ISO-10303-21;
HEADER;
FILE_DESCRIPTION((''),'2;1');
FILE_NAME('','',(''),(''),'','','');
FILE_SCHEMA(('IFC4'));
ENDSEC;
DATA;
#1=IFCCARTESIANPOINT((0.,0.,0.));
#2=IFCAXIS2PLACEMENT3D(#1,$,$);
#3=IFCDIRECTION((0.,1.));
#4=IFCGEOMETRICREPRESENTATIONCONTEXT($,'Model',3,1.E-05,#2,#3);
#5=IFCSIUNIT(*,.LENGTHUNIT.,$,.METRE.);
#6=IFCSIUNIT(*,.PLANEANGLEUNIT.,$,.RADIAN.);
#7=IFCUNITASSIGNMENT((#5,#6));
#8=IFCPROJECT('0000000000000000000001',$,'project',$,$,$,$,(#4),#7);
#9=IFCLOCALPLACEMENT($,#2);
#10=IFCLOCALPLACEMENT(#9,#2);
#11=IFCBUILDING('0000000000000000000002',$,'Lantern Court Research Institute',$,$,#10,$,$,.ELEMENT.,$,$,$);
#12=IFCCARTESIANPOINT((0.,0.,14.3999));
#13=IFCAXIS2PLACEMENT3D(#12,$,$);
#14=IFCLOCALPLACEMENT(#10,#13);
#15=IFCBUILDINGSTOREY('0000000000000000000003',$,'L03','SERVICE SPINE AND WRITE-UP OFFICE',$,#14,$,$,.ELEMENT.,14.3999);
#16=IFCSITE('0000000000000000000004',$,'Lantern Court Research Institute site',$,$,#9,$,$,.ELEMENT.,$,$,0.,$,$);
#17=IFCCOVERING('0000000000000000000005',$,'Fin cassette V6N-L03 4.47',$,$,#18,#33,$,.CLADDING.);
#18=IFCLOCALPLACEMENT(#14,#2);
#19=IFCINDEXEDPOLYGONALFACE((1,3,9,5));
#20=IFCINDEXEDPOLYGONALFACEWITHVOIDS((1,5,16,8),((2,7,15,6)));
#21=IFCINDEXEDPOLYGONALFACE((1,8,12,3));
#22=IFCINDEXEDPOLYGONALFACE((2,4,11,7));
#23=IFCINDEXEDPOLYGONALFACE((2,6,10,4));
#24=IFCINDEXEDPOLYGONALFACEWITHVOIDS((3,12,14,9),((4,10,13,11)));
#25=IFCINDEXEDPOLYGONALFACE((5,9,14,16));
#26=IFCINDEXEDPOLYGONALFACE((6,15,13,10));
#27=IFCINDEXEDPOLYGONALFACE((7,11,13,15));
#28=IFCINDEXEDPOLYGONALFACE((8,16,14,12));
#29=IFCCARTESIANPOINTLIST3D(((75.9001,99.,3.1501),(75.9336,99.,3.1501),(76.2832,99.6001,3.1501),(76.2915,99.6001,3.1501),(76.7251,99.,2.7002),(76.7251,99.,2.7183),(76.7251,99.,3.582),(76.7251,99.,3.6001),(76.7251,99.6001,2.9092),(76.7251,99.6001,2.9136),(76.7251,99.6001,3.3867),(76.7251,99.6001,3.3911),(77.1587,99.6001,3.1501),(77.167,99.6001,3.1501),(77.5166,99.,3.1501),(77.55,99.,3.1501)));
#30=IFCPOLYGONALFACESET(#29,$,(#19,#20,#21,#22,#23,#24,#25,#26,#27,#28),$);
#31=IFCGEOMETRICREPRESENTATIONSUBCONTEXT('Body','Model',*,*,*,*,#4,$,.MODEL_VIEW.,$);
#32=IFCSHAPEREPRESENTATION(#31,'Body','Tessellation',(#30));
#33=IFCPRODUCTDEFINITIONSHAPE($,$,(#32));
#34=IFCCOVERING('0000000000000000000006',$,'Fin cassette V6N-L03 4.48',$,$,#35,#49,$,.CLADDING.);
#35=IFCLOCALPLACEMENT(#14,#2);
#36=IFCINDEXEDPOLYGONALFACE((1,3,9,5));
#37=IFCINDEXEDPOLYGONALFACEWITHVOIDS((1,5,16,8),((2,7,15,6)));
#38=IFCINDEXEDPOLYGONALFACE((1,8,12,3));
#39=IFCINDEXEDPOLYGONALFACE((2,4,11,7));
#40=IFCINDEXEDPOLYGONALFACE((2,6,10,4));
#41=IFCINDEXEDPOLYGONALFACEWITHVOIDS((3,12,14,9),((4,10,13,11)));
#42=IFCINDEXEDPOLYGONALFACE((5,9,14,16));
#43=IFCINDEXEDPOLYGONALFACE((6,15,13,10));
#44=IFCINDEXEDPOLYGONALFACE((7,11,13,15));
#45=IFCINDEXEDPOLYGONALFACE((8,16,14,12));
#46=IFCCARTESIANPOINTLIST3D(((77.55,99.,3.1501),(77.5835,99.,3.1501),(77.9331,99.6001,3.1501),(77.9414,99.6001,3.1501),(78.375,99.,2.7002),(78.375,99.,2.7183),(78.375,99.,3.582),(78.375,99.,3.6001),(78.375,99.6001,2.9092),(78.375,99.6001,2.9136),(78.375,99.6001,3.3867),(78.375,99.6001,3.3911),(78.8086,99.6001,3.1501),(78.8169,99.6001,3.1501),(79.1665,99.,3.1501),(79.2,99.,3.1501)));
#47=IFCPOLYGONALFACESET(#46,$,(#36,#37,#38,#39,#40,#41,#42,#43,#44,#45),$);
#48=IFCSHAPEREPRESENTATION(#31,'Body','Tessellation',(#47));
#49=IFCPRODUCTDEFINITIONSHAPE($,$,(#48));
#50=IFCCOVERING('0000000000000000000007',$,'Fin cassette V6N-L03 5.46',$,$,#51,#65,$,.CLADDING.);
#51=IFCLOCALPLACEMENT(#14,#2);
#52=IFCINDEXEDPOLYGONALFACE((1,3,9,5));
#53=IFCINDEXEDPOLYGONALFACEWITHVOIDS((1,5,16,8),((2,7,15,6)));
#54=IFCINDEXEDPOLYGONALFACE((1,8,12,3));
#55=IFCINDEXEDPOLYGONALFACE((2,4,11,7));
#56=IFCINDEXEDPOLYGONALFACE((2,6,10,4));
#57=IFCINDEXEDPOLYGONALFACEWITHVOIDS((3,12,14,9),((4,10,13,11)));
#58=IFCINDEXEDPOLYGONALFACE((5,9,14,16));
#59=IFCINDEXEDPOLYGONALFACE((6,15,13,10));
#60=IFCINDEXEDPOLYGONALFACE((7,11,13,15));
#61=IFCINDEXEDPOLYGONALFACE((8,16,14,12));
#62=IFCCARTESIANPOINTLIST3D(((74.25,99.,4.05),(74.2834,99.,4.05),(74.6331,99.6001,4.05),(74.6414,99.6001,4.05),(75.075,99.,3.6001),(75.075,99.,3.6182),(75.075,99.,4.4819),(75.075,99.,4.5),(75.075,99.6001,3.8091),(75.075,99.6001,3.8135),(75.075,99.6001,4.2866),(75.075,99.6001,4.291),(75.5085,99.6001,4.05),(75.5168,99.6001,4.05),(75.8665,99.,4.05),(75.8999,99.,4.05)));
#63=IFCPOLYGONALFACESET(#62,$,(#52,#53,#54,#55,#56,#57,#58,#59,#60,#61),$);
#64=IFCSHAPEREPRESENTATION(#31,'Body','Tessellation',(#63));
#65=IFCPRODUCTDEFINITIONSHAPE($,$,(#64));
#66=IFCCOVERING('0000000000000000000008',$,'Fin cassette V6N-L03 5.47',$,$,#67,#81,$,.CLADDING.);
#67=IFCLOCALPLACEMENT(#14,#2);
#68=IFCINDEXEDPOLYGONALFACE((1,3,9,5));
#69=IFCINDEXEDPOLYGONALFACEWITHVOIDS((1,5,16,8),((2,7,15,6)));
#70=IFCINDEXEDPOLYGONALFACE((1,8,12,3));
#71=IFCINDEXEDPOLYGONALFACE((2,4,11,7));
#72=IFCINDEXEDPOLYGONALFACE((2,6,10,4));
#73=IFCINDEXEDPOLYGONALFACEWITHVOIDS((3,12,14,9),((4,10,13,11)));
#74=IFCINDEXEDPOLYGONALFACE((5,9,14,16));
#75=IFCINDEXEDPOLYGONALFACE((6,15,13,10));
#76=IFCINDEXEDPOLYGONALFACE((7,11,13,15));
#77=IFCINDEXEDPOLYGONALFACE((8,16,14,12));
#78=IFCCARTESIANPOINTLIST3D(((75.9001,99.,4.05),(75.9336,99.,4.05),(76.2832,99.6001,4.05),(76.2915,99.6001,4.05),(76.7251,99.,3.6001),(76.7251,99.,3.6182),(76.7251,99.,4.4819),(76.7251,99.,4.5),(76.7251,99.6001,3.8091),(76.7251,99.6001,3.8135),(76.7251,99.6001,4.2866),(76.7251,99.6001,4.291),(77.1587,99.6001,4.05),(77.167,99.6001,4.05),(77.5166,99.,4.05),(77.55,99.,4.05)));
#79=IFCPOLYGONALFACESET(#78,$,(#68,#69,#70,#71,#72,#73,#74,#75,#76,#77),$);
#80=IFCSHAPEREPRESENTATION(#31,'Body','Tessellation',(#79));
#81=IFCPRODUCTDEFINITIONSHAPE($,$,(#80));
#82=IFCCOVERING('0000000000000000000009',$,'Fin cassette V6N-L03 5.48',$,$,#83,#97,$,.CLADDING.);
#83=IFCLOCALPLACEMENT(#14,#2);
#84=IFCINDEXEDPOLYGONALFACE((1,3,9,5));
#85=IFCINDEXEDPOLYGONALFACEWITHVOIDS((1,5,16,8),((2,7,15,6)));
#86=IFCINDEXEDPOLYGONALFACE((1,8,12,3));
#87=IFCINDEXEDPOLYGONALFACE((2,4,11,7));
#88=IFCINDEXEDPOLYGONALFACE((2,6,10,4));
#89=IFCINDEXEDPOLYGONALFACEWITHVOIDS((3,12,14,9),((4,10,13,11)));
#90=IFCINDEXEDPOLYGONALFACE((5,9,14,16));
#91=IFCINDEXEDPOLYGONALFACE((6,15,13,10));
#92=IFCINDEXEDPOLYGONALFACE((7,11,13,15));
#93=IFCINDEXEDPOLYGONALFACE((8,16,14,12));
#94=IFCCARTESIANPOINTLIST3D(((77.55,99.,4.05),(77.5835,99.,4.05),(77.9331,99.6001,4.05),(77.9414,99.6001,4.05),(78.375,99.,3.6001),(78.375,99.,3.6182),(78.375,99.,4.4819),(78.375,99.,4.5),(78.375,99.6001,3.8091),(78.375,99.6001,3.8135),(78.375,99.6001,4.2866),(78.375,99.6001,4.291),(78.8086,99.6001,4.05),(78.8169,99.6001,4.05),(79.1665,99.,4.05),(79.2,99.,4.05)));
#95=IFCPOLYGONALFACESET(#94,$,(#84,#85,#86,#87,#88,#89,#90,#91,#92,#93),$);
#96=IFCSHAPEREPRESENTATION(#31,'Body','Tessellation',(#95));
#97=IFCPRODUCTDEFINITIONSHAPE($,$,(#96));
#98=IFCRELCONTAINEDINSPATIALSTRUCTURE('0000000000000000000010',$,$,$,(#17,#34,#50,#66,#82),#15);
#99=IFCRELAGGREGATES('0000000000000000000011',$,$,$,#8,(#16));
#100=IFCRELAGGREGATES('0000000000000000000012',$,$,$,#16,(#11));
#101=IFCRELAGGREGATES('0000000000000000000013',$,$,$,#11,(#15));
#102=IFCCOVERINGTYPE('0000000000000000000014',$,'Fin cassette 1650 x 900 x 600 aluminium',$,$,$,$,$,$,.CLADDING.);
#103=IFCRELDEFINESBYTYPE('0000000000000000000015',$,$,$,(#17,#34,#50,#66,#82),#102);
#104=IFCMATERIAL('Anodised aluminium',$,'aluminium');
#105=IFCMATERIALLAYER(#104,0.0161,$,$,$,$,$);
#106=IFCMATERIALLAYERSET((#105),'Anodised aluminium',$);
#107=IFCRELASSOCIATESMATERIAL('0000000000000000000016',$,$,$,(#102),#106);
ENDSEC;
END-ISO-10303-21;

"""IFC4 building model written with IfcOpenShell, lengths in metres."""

from ifc_helpers import new_model, entity, si_unit, direction, frame, origin, place, context, subcontext, project, spatial, material, layer, layer_set, type_object, element, save


model = new_model("IFC4")

# Units and contexts
model_context = context("Model", 3, precision=1e-05, world=origin(), true_north=direction((0.0, 1.0)))
body_context = subcontext(model_context, "Body", "Model", "MODEL_VIEW")
ifc_project = project(units=[si_unit("LENGTHUNIT", "METRE"), si_unit("PLANEANGLEUNIT", "RADIAN")], contexts=[model_context])

# Site, building, storey
site_placement = place(None, origin())
site = spatial("IfcSite", under=ifc_project, at=site_placement, Name="Lantern Court Research Institute site", CompositionType="ELEMENT", RefElevation=0.0)
building_placement = place(site_placement, origin())
building = spatial("IfcBuilding", under=site, at=building_placement, Name="Lantern Court Research Institute", CompositionType="ELEMENT")
storey_placement = place(building_placement, frame((0.0, 0.0, 14.3999)))
storey = spatial("IfcBuildingStorey", under=building, at=storey_placement, Name="L03", Description="SERVICE SPINE AND WRITE-UP OFFICE", CompositionType="ELEMENT", Elevation=14.3999)

# Coverings
ifc_material_1 = material(Name="Anodised aluminium", Category="aluminium")
ifc_layer = layer(ifc_material_1, 0.0161)
ifc_layer_set = layer_set([ifc_layer], Name="Anodised aluminium")
covering_type = type_object("IfcCoveringType", Name="Fin cassette 1650 x 900 x 600 aluminium", PredefinedType="CLADDING", material=ifc_layer_set)
covering_1_placement = place(storey_placement, frame((76.7251, 99.0, 3.1501), z_axis=(0.0, 1.0, 0.0), x_axis=(-1.0, 0.0, 0.0)))
cartesian_point_1 = entity("IfcCartesianPoint", [0.825, 0.0])
cartesian_point_2 = entity("IfcCartesianPoint", [0.7915, 0.0])
cartesian_point_3 = entity("IfcCartesianPoint", [0.4419, 0.0])
cartesian_point_4 = entity("IfcCartesianPoint", [0.4336, 0.0])
element("IfcCovering", 1, at=covering_1_placement, inside=storey, type_object=covering_type, Name="Fin cassette V6N-L03 4.47", PredefinedType="CLADDING", context=body_context, shape_type="SweptSolid", body=[
    entity("IfcExtrudedAreaSolidTapered", entity("IfcArbitraryProfileDefWithVoids", "AREA", None, entity("IfcPolyline", [cartesian_point_1, entity("IfcCartesianPoint", [0.0, 0.45]), entity("IfcCartesianPoint", [-0.825, 0.0]), entity("IfcCartesianPoint", [0.0, -0.45]), cartesian_point_1]), [entity("IfcPolyline", [cartesian_point_2, entity("IfcCartesianPoint", [0.0, 0.4319]), entity("IfcCartesianPoint", [-0.7915, 0.0]), entity("IfcCartesianPoint", [0.0, -0.4319]), cartesian_point_2])]), entity("IfcAxis2Placement3D", entity("IfcCartesianPoint", [0.0, 0.0, 0.0])), entity("IfcDirection", [0.0, 0.0, 1.0]), 0.6001, entity("IfcArbitraryProfileDefWithVoids", "AREA", None, entity("IfcPolyline", [cartesian_point_3, entity("IfcCartesianPoint", [0.0, 0.241]), entity("IfcCartesianPoint", [-0.4419, 0.0]), entity("IfcCartesianPoint", [0.0, -0.241]), cartesian_point_3]), [entity("IfcPolyline", [cartesian_point_4, entity("IfcCartesianPoint", [0.0, 0.2366]), entity("IfcCartesianPoint", [-0.4336, 0.0]), entity("IfcCartesianPoint", [0.0, -0.2366]), cartesian_point_4])])),
])
covering_2_placement = place(storey_placement, frame((78.375, 99.0, 3.1501), z_axis=(0.0, 1.0, 0.0), x_axis=(-1.0, 0.0, 0.0)))
cartesian_point_5 = entity("IfcCartesianPoint", [0.825, 0.0])
cartesian_point_6 = entity("IfcCartesianPoint", [0.7915, 0.0])
cartesian_point_7 = entity("IfcCartesianPoint", [0.4419, 0.0])
cartesian_point_8 = entity("IfcCartesianPoint", [0.4336, 0.0])
element("IfcCovering", 2, at=covering_2_placement, inside=storey, type_object=covering_type, Name="Fin cassette V6N-L03 4.48", PredefinedType="CLADDING", context=body_context, shape_type="SweptSolid", body=[
    entity("IfcExtrudedAreaSolidTapered", entity("IfcArbitraryProfileDefWithVoids", "AREA", None, entity("IfcPolyline", [cartesian_point_5, entity("IfcCartesianPoint", [0.0, 0.45]), entity("IfcCartesianPoint", [-0.825, 0.0]), entity("IfcCartesianPoint", [0.0, -0.45]), cartesian_point_5]), [entity("IfcPolyline", [cartesian_point_6, entity("IfcCartesianPoint", [0.0, 0.4319]), entity("IfcCartesianPoint", [-0.7915, 0.0]), entity("IfcCartesianPoint", [0.0, -0.4319]), cartesian_point_6])]), entity("IfcAxis2Placement3D", entity("IfcCartesianPoint", [0.0, 0.0, 0.0])), entity("IfcDirection", [0.0, 0.0, 1.0]), 0.6001, entity("IfcArbitraryProfileDefWithVoids", "AREA", None, entity("IfcPolyline", [cartesian_point_7, entity("IfcCartesianPoint", [0.0, 0.241]), entity("IfcCartesianPoint", [-0.4419, 0.0]), entity("IfcCartesianPoint", [0.0, -0.241]), cartesian_point_7]), [entity("IfcPolyline", [cartesian_point_8, entity("IfcCartesianPoint", [0.0, 0.2366]), entity("IfcCartesianPoint", [-0.4336, 0.0]), entity("IfcCartesianPoint", [0.0, -0.2366]), cartesian_point_8])])),
])
covering_3_placement = place(storey_placement, frame((75.075, 99.0, 4.05), z_axis=(0.0, 1.0, 0.0), x_axis=(-1.0, 0.0, 0.0)))
cartesian_point_9 = entity("IfcCartesianPoint", [0.825, 0.0])
cartesian_point_10 = entity("IfcCartesianPoint", [0.7915, 0.0])
cartesian_point_11 = entity("IfcCartesianPoint", [0.4419, 0.0])
cartesian_point_12 = entity("IfcCartesianPoint", [0.4336, 0.0])
element("IfcCovering", 3, at=covering_3_placement, inside=storey, type_object=covering_type, Name="Fin cassette V6N-L03 5.46", PredefinedType="CLADDING", context=body_context, shape_type="SweptSolid", body=[
    entity("IfcExtrudedAreaSolidTapered", entity("IfcArbitraryProfileDefWithVoids", "AREA", None, entity("IfcPolyline", [cartesian_point_9, entity("IfcCartesianPoint", [0.0, 0.45]), entity("IfcCartesianPoint", [-0.825, 0.0]), entity("IfcCartesianPoint", [0.0, -0.45]), cartesian_point_9]), [entity("IfcPolyline", [cartesian_point_10, entity("IfcCartesianPoint", [0.0, 0.4319]), entity("IfcCartesianPoint", [-0.7915, 0.0]), entity("IfcCartesianPoint", [0.0, -0.4319]), cartesian_point_10])]), entity("IfcAxis2Placement3D", entity("IfcCartesianPoint", [0.0, 0.0, 0.0])), entity("IfcDirection", [0.0, 0.0, 1.0]), 0.6001, entity("IfcArbitraryProfileDefWithVoids", "AREA", None, entity("IfcPolyline", [cartesian_point_11, entity("IfcCartesianPoint", [0.0, 0.241]), entity("IfcCartesianPoint", [-0.4419, 0.0]), entity("IfcCartesianPoint", [0.0, -0.241]), cartesian_point_11]), [entity("IfcPolyline", [cartesian_point_12, entity("IfcCartesianPoint", [0.0, 0.2366]), entity("IfcCartesianPoint", [-0.4336, 0.0]), entity("IfcCartesianPoint", [0.0, -0.2366]), cartesian_point_12])])),
])
covering_4_placement = place(storey_placement, frame((76.7251, 99.0, 4.05), z_axis=(0.0, 1.0, 0.0), x_axis=(-1.0, 0.0, 0.0)))
cartesian_point_13 = entity("IfcCartesianPoint", [0.825, 0.0])
cartesian_point_14 = entity("IfcCartesianPoint", [0.7915, 0.0])
cartesian_point_15 = entity("IfcCartesianPoint", [0.4419, 0.0])
cartesian_point_16 = entity("IfcCartesianPoint", [0.4336, 0.0])
element("IfcCovering", 4, at=covering_4_placement, inside=storey, type_object=covering_type, Name="Fin cassette V6N-L03 5.47", PredefinedType="CLADDING", context=body_context, shape_type="SweptSolid", body=[
    entity("IfcExtrudedAreaSolidTapered", entity("IfcArbitraryProfileDefWithVoids", "AREA", None, entity("IfcPolyline", [cartesian_point_13, entity("IfcCartesianPoint", [0.0, 0.45]), entity("IfcCartesianPoint", [-0.825, 0.0]), entity("IfcCartesianPoint", [0.0, -0.45]), cartesian_point_13]), [entity("IfcPolyline", [cartesian_point_14, entity("IfcCartesianPoint", [0.0, 0.4319]), entity("IfcCartesianPoint", [-0.7915, 0.0]), entity("IfcCartesianPoint", [0.0, -0.4319]), cartesian_point_14])]), entity("IfcAxis2Placement3D", entity("IfcCartesianPoint", [0.0, 0.0, 0.0])), entity("IfcDirection", [0.0, 0.0, 1.0]), 0.6001, entity("IfcArbitraryProfileDefWithVoids", "AREA", None, entity("IfcPolyline", [cartesian_point_15, entity("IfcCartesianPoint", [0.0, 0.241]), entity("IfcCartesianPoint", [-0.4419, 0.0]), entity("IfcCartesianPoint", [0.0, -0.241]), cartesian_point_15]), [entity("IfcPolyline", [cartesian_point_16, entity("IfcCartesianPoint", [0.0, 0.2366]), entity("IfcCartesianPoint", [-0.4336, 0.0]), entity("IfcCartesianPoint", [0.0, -0.2366]), cartesian_point_16])])),
])
covering_5_placement = place(storey_placement, frame((78.375, 99.0, 4.05), z_axis=(0.0, 1.0, 0.0), x_axis=(-1.0, 0.0, 0.0)))
cartesian_point_17 = entity("IfcCartesianPoint", [0.825, 0.0])
cartesian_point_18 = entity("IfcCartesianPoint", [0.7915, 0.0])
cartesian_point_19 = entity("IfcCartesianPoint", [0.4419, 0.0])
cartesian_point_20 = entity("IfcCartesianPoint", [0.4336, 0.0])
element("IfcCovering", 5, at=covering_5_placement, inside=storey, type_object=covering_type, Name="Fin cassette V6N-L03 5.48", PredefinedType="CLADDING", context=body_context, shape_type="SweptSolid", body=[
    entity("IfcExtrudedAreaSolidTapered", entity("IfcArbitraryProfileDefWithVoids", "AREA", None, entity("IfcPolyline", [cartesian_point_17, entity("IfcCartesianPoint", [0.0, 0.45]), entity("IfcCartesianPoint", [-0.825, 0.0]), entity("IfcCartesianPoint", [0.0, -0.45]), cartesian_point_17]), [entity("IfcPolyline", [cartesian_point_18, entity("IfcCartesianPoint", [0.0, 0.4319]), entity("IfcCartesianPoint", [-0.7915, 0.0]), entity("IfcCartesianPoint", [0.0, -0.4319]), cartesian_point_18])]), entity("IfcAxis2Placement3D", entity("IfcCartesianPoint", [0.0, 0.0, 0.0])), entity("IfcDirection", [0.0, 0.0, 1.0]), 0.6001, entity("IfcArbitraryProfileDefWithVoids", "AREA", None, entity("IfcPolyline", [cartesian_point_19, entity("IfcCartesianPoint", [0.0, 0.241]), entity("IfcCartesianPoint", [-0.4419, 0.0]), entity("IfcCartesianPoint", [0.0, -0.241]), cartesian_point_19]), [entity("IfcPolyline", [cartesian_point_20, entity("IfcCartesianPoint", [0.0, 0.2366]), entity("IfcCartesianPoint", [-0.4336, 0.0]), entity("IfcCartesianPoint", [0.0, -0.2366]), cartesian_point_20])])),
])

save(model, "model.ifc")
